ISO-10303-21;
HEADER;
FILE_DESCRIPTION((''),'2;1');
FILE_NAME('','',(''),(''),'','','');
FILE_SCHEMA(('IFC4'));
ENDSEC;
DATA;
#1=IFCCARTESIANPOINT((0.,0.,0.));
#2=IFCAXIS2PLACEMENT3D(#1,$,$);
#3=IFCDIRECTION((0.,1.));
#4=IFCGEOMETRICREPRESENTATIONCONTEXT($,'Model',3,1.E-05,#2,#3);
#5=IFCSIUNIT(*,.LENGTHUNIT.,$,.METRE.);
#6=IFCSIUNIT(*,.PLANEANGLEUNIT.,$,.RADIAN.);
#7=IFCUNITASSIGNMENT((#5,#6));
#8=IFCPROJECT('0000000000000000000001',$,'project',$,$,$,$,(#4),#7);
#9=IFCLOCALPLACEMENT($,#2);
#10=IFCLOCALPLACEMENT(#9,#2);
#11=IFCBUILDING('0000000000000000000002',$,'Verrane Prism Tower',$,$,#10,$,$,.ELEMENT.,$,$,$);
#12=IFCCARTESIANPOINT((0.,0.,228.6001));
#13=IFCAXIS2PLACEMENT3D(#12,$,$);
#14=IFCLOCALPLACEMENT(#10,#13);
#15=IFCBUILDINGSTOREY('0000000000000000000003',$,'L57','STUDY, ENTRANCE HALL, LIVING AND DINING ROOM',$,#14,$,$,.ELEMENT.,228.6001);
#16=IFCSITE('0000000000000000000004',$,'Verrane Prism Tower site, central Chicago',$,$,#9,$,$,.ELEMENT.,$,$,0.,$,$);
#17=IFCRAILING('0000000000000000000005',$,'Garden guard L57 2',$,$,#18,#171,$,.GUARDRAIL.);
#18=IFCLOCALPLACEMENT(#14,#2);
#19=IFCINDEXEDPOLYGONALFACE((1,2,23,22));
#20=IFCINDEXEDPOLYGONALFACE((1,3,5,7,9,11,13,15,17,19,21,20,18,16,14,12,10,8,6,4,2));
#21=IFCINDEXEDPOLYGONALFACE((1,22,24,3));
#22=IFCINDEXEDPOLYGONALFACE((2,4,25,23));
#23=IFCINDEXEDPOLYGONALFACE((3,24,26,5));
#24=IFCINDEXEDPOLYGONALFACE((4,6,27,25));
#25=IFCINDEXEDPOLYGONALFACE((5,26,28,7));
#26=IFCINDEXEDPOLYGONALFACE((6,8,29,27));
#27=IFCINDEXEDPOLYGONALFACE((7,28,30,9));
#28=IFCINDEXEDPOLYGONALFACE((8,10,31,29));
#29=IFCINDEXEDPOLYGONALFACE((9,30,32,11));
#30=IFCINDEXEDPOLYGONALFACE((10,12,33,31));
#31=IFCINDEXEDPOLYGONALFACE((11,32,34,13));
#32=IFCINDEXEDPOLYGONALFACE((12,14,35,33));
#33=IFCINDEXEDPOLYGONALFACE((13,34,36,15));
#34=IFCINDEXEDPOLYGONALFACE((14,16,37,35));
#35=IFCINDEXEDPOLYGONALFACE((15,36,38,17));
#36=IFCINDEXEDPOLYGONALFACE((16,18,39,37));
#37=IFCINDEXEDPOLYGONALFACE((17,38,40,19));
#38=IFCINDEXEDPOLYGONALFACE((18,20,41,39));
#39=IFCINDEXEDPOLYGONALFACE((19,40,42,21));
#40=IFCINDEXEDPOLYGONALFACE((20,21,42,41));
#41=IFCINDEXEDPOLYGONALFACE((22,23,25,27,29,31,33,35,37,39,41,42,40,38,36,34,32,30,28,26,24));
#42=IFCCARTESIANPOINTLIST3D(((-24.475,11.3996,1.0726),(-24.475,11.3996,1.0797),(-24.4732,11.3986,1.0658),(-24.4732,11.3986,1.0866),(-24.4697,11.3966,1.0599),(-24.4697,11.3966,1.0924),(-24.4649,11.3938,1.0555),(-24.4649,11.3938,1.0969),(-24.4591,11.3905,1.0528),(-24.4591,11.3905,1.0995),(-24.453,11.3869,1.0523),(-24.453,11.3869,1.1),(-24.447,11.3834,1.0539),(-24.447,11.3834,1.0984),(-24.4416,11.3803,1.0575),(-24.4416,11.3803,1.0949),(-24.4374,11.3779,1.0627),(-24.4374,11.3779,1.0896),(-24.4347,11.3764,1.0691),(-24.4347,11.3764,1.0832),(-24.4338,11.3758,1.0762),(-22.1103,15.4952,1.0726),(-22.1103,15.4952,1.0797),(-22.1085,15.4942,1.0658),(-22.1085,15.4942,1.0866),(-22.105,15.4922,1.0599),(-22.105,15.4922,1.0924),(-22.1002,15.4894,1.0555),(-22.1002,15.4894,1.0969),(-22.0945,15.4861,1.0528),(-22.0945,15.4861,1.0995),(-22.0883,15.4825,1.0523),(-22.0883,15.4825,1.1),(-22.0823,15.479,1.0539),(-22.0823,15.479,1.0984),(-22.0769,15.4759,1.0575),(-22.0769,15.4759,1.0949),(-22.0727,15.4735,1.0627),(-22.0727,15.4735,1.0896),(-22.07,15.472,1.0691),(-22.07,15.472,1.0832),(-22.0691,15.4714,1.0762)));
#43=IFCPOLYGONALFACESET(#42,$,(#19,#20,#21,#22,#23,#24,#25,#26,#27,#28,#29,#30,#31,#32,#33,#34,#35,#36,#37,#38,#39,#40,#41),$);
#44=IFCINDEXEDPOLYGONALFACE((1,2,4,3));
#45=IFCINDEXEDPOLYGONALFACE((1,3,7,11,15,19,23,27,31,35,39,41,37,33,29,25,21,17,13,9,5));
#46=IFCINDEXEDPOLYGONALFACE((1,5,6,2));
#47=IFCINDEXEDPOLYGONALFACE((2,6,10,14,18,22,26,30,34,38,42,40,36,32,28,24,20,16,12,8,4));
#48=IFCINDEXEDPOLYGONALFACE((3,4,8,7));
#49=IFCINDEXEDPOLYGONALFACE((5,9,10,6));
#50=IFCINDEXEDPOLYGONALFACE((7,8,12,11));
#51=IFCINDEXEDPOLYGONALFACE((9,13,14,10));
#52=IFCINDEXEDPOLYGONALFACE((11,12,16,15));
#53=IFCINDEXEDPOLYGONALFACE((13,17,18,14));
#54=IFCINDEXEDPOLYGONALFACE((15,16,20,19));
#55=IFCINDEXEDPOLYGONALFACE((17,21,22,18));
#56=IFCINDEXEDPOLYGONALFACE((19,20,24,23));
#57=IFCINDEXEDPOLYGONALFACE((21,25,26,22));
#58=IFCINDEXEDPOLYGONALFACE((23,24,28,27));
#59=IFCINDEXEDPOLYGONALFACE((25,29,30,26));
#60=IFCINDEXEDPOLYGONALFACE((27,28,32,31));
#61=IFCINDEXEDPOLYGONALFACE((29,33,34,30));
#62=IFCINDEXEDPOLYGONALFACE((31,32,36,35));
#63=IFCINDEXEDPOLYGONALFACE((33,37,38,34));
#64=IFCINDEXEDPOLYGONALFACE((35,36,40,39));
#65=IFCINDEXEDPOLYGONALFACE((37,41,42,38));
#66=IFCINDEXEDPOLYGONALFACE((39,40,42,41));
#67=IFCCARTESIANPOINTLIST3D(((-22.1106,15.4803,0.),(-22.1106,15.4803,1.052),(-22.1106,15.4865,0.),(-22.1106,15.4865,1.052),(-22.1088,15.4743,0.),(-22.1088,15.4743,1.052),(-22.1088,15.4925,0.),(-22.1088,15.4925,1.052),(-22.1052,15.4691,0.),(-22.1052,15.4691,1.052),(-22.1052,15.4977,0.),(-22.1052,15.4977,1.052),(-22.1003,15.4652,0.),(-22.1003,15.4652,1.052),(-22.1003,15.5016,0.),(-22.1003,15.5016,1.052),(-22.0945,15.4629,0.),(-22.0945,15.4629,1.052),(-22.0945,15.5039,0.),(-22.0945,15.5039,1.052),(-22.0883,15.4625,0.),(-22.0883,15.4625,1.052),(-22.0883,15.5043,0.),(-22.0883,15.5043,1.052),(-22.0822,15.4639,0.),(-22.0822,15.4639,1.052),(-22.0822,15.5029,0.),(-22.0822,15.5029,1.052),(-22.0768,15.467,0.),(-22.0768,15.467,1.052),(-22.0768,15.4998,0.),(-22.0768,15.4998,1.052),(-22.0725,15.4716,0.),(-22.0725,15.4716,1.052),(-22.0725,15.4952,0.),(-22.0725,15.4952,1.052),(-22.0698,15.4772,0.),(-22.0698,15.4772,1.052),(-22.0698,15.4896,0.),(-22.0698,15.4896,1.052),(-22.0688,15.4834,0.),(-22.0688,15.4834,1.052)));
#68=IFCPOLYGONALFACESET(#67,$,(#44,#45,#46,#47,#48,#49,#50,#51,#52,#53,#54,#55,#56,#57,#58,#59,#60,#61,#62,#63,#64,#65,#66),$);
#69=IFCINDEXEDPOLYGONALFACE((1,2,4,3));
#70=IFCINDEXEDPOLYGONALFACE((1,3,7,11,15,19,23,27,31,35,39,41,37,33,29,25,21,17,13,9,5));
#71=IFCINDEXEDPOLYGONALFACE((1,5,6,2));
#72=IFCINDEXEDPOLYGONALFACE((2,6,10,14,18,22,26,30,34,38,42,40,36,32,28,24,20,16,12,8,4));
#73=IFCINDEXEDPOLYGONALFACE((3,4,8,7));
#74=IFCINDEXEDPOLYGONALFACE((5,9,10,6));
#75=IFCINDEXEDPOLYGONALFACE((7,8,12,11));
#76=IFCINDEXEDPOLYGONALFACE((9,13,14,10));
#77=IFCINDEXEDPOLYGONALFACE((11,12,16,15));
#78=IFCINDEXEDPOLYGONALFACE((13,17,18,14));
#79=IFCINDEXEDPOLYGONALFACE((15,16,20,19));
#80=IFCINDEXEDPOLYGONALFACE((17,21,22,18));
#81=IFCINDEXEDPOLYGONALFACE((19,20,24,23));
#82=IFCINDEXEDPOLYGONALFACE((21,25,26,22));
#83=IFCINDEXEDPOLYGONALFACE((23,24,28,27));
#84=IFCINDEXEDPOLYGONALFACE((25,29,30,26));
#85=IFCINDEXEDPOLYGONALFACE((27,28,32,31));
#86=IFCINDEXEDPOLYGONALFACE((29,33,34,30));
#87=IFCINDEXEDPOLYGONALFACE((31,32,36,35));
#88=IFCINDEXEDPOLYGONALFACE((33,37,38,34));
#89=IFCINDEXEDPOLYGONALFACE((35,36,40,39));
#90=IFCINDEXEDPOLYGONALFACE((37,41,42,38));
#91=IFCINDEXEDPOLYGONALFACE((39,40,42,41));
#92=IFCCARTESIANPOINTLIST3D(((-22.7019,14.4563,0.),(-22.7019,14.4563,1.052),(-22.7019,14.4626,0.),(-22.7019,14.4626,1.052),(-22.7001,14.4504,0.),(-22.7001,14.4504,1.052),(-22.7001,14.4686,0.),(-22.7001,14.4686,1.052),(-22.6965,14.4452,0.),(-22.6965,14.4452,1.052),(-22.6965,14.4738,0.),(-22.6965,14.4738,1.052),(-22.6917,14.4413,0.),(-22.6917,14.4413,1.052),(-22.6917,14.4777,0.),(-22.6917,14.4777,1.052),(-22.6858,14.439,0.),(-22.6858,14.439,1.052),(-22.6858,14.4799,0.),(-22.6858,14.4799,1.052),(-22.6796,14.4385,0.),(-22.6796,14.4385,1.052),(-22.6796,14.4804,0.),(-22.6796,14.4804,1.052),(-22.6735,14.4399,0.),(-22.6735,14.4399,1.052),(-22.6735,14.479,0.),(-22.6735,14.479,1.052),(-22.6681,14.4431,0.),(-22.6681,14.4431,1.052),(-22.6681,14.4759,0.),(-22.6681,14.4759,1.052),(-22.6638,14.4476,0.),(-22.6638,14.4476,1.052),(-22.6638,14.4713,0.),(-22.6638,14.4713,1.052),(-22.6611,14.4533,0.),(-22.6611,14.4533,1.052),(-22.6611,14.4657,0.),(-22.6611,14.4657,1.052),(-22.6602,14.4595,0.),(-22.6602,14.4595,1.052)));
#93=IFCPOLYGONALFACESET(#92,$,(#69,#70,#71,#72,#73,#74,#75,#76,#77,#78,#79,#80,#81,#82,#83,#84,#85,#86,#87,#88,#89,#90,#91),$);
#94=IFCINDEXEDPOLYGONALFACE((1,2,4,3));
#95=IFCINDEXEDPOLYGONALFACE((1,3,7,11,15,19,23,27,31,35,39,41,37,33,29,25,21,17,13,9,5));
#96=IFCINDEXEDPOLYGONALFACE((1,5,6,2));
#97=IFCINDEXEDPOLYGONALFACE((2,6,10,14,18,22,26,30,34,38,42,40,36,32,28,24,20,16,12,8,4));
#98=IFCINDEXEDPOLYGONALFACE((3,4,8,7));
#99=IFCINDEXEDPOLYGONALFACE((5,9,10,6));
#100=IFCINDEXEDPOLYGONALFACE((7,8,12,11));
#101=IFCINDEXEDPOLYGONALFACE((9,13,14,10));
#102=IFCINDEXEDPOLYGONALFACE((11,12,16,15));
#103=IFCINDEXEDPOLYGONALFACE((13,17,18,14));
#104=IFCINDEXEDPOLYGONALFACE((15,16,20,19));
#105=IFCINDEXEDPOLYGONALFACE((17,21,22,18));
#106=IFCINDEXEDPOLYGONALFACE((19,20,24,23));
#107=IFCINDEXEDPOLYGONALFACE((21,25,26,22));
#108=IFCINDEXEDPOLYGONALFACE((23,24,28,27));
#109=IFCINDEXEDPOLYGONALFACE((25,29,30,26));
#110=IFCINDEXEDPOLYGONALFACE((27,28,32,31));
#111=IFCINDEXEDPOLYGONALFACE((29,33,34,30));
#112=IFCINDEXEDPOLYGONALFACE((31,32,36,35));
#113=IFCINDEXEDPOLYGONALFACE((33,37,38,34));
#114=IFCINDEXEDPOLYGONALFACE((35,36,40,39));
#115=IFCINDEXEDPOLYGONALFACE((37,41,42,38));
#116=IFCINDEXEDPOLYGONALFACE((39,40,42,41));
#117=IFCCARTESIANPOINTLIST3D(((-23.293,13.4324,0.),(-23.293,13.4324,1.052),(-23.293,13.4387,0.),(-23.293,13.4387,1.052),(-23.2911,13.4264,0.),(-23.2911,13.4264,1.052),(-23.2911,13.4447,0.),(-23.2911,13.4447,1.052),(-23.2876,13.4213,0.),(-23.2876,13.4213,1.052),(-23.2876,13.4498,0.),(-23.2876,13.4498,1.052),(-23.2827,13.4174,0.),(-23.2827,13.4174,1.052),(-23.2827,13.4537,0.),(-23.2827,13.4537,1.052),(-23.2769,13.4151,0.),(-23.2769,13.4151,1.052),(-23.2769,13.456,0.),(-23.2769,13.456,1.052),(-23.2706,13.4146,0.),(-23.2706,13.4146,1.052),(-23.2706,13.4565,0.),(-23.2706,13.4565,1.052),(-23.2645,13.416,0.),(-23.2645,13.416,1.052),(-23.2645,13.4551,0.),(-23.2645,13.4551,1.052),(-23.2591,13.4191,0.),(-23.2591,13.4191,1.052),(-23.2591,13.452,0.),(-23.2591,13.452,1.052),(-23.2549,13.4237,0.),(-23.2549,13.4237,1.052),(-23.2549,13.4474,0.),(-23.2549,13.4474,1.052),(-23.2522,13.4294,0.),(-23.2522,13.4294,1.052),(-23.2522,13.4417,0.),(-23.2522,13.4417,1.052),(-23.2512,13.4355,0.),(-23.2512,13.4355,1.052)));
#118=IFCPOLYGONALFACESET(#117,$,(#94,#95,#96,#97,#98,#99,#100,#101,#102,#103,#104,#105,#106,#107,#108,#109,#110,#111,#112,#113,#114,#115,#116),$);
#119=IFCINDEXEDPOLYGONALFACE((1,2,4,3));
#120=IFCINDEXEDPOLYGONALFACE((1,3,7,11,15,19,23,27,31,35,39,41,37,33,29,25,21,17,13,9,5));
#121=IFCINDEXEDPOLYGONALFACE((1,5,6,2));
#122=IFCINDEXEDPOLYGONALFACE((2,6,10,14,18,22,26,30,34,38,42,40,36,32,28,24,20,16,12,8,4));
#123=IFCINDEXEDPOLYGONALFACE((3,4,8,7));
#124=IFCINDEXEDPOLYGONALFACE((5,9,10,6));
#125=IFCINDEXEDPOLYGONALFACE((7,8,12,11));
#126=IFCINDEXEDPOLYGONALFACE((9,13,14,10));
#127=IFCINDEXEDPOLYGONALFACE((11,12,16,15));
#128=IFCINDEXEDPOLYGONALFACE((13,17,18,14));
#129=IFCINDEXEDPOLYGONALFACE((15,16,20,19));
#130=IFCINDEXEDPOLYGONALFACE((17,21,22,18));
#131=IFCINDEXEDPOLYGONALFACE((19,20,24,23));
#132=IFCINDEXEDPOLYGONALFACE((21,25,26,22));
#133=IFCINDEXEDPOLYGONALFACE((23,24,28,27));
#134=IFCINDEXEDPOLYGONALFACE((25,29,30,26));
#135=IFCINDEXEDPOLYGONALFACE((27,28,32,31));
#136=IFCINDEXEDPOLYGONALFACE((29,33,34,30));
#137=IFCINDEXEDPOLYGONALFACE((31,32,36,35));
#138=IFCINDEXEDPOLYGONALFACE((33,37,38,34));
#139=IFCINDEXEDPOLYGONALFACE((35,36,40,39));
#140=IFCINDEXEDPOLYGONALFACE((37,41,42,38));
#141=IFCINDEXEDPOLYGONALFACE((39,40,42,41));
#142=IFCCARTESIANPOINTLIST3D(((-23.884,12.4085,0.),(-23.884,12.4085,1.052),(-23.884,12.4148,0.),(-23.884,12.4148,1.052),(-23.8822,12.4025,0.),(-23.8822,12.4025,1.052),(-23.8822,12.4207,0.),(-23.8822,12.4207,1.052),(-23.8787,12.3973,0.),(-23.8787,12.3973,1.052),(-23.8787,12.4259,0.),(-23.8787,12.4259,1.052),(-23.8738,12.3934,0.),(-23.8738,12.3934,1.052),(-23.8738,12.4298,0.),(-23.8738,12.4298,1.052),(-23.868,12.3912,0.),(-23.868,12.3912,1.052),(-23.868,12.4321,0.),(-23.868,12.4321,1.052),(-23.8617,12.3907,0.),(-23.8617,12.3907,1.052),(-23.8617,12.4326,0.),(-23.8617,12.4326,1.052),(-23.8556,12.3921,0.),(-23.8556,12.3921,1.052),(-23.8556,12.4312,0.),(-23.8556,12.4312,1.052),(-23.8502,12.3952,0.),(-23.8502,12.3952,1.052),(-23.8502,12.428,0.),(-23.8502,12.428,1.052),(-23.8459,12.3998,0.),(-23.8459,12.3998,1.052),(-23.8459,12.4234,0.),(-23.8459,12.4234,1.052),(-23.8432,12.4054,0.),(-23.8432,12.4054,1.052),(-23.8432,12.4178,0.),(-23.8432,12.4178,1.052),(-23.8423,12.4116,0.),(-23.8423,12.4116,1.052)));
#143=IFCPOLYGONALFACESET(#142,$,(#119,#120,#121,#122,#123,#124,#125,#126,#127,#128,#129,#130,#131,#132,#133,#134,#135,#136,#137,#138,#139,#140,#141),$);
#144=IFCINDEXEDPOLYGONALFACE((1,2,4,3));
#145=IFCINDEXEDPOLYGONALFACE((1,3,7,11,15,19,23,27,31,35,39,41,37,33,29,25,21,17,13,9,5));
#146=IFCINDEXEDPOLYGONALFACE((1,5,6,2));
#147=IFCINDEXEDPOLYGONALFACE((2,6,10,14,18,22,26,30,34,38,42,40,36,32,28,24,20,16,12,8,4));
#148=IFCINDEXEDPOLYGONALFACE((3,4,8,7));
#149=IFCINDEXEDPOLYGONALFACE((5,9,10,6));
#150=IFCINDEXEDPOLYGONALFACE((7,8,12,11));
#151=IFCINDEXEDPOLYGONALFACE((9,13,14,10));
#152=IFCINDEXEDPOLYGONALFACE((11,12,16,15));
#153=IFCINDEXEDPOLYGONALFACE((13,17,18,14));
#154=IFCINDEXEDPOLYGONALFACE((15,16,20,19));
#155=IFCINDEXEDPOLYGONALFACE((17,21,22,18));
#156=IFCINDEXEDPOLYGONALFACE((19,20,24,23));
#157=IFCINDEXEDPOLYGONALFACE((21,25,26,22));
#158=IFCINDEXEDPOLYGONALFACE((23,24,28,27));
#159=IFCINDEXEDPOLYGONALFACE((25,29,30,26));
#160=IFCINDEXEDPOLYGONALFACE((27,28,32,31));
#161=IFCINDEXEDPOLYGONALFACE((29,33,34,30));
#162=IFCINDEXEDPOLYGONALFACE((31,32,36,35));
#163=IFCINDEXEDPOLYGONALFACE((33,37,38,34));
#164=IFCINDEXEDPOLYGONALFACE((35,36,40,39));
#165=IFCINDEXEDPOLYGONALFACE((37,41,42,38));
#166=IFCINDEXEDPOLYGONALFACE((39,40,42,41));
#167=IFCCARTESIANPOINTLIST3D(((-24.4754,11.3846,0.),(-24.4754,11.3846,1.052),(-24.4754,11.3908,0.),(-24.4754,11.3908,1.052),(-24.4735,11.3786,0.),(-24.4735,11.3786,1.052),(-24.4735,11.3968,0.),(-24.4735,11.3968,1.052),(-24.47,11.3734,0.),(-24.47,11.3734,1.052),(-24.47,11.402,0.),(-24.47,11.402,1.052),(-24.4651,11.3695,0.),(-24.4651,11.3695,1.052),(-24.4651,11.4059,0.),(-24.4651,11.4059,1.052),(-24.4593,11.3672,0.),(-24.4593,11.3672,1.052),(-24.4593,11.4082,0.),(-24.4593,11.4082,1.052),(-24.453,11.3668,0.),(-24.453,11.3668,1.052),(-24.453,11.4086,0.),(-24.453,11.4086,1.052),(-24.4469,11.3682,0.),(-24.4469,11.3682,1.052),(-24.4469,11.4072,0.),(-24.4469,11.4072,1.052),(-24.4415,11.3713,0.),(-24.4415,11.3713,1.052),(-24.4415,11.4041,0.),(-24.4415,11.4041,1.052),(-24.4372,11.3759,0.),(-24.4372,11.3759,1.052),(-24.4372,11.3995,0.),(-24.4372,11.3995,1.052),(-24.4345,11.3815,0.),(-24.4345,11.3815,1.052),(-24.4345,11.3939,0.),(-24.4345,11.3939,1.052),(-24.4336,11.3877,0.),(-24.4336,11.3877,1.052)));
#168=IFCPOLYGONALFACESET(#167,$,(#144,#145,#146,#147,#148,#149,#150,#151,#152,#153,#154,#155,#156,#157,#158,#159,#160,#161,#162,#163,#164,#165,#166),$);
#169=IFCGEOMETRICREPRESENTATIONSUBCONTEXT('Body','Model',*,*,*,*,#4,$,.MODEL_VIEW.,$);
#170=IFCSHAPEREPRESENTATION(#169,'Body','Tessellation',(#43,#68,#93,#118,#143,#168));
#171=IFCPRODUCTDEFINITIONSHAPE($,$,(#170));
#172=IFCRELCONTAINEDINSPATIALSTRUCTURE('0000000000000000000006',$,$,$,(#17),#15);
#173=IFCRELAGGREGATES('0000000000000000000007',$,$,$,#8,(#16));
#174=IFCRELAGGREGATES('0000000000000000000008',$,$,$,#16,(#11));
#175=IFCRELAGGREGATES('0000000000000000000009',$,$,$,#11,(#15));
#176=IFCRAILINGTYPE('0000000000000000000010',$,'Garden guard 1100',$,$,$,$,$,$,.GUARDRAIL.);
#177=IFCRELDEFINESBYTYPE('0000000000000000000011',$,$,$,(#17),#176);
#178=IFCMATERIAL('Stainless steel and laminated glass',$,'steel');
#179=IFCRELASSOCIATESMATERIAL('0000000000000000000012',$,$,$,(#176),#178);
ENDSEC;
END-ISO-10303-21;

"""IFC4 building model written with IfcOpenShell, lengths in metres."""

from ifc_helpers import new_model, si_unit, direction, frame, origin, origin_2d, place, context, subcontext, project, spatial, circle, extrude, material, type_object, element, save


model = new_model("IFC4")

# Units and contexts
model_context = context("Model", 3, precision=1e-05, world=origin(), true_north=direction((0.0, 1.0)))
body_context = subcontext(model_context, "Body", "Model", "MODEL_VIEW")
ifc_project = project(units=[si_unit("LENGTHUNIT", "METRE"), si_unit("PLANEANGLEUNIT", "RADIAN")], contexts=[model_context])

# Site, building, storey
site_placement = place(None, origin())
site = spatial("IfcSite", under=ifc_project, at=site_placement, Name="Verrane Prism Tower site, central Chicago", CompositionType="ELEMENT", RefElevation=0.0)
building_placement = place(site_placement, origin())
building = spatial("IfcBuilding", under=site, at=building_placement, Name="Verrane Prism Tower", CompositionType="ELEMENT")
storey_placement = place(building_placement, frame((0.0, 0.0, 228.6001)))
storey = spatial("IfcBuildingStorey", under=building, at=storey_placement, Name="L57", Description="STUDY, ENTRANCE HALL, LIVING AND DINING ROOM", CompositionType="ELEMENT", Elevation=228.6001)

# Railing
ifc_material_1 = material(Name="Stainless steel and laminated glass", Category="steel")
railing_type = type_object("IfcRailingType", Name="Garden guard 1100", PredefinedType="GUARDRAIL", material=ifc_material_1)
railing_1_placement = place(storey_placement, frame((-22.0898, 15.4834, 0.0)))
element("IfcRailing", 1, at=railing_1_placement, inside=storey, type_object=railing_type, Name="Garden guard L57 2", PredefinedType="GUARDRAIL", context=body_context, shape_type="SweptSolid", body=[
    extrude(circle(Radius=0.0239, at=origin_2d()), frame((0.0, 0.0, 1.0762), z_axis=(-0.500014, -0.866017, 0.0), x_axis=(0.866017, -0.500014, 0.0)), (0.0, 0.0, 1.0), 4.7292),
    extrude(circle(Radius=0.021, at=origin_2d()), origin(), (0.0, 0.0, 1.0), 1.052),
    extrude(circle(Radius=0.021, at=origin_2d()), frame((-0.5913, -1.0239, 0.0)), (0.0, 0.0, 1.0), 1.052),
    extrude(circle(Radius=0.021, at=origin_2d()), frame((-1.1824, -2.0479, 0.0)), (0.0, 0.0, 1.0), 1.052),
    extrude(circle(Radius=0.021, at=origin_2d()), frame((-1.7734, -3.0718, 0.0)), (0.0, 0.0, 1.0), 1.052),
    extrude(circle(Radius=0.021, at=origin_2d()), frame((-2.3647, -4.0957, 0.0)), (0.0, 0.0, 1.0), 1.052),
])

save(model, "model.ifc")
